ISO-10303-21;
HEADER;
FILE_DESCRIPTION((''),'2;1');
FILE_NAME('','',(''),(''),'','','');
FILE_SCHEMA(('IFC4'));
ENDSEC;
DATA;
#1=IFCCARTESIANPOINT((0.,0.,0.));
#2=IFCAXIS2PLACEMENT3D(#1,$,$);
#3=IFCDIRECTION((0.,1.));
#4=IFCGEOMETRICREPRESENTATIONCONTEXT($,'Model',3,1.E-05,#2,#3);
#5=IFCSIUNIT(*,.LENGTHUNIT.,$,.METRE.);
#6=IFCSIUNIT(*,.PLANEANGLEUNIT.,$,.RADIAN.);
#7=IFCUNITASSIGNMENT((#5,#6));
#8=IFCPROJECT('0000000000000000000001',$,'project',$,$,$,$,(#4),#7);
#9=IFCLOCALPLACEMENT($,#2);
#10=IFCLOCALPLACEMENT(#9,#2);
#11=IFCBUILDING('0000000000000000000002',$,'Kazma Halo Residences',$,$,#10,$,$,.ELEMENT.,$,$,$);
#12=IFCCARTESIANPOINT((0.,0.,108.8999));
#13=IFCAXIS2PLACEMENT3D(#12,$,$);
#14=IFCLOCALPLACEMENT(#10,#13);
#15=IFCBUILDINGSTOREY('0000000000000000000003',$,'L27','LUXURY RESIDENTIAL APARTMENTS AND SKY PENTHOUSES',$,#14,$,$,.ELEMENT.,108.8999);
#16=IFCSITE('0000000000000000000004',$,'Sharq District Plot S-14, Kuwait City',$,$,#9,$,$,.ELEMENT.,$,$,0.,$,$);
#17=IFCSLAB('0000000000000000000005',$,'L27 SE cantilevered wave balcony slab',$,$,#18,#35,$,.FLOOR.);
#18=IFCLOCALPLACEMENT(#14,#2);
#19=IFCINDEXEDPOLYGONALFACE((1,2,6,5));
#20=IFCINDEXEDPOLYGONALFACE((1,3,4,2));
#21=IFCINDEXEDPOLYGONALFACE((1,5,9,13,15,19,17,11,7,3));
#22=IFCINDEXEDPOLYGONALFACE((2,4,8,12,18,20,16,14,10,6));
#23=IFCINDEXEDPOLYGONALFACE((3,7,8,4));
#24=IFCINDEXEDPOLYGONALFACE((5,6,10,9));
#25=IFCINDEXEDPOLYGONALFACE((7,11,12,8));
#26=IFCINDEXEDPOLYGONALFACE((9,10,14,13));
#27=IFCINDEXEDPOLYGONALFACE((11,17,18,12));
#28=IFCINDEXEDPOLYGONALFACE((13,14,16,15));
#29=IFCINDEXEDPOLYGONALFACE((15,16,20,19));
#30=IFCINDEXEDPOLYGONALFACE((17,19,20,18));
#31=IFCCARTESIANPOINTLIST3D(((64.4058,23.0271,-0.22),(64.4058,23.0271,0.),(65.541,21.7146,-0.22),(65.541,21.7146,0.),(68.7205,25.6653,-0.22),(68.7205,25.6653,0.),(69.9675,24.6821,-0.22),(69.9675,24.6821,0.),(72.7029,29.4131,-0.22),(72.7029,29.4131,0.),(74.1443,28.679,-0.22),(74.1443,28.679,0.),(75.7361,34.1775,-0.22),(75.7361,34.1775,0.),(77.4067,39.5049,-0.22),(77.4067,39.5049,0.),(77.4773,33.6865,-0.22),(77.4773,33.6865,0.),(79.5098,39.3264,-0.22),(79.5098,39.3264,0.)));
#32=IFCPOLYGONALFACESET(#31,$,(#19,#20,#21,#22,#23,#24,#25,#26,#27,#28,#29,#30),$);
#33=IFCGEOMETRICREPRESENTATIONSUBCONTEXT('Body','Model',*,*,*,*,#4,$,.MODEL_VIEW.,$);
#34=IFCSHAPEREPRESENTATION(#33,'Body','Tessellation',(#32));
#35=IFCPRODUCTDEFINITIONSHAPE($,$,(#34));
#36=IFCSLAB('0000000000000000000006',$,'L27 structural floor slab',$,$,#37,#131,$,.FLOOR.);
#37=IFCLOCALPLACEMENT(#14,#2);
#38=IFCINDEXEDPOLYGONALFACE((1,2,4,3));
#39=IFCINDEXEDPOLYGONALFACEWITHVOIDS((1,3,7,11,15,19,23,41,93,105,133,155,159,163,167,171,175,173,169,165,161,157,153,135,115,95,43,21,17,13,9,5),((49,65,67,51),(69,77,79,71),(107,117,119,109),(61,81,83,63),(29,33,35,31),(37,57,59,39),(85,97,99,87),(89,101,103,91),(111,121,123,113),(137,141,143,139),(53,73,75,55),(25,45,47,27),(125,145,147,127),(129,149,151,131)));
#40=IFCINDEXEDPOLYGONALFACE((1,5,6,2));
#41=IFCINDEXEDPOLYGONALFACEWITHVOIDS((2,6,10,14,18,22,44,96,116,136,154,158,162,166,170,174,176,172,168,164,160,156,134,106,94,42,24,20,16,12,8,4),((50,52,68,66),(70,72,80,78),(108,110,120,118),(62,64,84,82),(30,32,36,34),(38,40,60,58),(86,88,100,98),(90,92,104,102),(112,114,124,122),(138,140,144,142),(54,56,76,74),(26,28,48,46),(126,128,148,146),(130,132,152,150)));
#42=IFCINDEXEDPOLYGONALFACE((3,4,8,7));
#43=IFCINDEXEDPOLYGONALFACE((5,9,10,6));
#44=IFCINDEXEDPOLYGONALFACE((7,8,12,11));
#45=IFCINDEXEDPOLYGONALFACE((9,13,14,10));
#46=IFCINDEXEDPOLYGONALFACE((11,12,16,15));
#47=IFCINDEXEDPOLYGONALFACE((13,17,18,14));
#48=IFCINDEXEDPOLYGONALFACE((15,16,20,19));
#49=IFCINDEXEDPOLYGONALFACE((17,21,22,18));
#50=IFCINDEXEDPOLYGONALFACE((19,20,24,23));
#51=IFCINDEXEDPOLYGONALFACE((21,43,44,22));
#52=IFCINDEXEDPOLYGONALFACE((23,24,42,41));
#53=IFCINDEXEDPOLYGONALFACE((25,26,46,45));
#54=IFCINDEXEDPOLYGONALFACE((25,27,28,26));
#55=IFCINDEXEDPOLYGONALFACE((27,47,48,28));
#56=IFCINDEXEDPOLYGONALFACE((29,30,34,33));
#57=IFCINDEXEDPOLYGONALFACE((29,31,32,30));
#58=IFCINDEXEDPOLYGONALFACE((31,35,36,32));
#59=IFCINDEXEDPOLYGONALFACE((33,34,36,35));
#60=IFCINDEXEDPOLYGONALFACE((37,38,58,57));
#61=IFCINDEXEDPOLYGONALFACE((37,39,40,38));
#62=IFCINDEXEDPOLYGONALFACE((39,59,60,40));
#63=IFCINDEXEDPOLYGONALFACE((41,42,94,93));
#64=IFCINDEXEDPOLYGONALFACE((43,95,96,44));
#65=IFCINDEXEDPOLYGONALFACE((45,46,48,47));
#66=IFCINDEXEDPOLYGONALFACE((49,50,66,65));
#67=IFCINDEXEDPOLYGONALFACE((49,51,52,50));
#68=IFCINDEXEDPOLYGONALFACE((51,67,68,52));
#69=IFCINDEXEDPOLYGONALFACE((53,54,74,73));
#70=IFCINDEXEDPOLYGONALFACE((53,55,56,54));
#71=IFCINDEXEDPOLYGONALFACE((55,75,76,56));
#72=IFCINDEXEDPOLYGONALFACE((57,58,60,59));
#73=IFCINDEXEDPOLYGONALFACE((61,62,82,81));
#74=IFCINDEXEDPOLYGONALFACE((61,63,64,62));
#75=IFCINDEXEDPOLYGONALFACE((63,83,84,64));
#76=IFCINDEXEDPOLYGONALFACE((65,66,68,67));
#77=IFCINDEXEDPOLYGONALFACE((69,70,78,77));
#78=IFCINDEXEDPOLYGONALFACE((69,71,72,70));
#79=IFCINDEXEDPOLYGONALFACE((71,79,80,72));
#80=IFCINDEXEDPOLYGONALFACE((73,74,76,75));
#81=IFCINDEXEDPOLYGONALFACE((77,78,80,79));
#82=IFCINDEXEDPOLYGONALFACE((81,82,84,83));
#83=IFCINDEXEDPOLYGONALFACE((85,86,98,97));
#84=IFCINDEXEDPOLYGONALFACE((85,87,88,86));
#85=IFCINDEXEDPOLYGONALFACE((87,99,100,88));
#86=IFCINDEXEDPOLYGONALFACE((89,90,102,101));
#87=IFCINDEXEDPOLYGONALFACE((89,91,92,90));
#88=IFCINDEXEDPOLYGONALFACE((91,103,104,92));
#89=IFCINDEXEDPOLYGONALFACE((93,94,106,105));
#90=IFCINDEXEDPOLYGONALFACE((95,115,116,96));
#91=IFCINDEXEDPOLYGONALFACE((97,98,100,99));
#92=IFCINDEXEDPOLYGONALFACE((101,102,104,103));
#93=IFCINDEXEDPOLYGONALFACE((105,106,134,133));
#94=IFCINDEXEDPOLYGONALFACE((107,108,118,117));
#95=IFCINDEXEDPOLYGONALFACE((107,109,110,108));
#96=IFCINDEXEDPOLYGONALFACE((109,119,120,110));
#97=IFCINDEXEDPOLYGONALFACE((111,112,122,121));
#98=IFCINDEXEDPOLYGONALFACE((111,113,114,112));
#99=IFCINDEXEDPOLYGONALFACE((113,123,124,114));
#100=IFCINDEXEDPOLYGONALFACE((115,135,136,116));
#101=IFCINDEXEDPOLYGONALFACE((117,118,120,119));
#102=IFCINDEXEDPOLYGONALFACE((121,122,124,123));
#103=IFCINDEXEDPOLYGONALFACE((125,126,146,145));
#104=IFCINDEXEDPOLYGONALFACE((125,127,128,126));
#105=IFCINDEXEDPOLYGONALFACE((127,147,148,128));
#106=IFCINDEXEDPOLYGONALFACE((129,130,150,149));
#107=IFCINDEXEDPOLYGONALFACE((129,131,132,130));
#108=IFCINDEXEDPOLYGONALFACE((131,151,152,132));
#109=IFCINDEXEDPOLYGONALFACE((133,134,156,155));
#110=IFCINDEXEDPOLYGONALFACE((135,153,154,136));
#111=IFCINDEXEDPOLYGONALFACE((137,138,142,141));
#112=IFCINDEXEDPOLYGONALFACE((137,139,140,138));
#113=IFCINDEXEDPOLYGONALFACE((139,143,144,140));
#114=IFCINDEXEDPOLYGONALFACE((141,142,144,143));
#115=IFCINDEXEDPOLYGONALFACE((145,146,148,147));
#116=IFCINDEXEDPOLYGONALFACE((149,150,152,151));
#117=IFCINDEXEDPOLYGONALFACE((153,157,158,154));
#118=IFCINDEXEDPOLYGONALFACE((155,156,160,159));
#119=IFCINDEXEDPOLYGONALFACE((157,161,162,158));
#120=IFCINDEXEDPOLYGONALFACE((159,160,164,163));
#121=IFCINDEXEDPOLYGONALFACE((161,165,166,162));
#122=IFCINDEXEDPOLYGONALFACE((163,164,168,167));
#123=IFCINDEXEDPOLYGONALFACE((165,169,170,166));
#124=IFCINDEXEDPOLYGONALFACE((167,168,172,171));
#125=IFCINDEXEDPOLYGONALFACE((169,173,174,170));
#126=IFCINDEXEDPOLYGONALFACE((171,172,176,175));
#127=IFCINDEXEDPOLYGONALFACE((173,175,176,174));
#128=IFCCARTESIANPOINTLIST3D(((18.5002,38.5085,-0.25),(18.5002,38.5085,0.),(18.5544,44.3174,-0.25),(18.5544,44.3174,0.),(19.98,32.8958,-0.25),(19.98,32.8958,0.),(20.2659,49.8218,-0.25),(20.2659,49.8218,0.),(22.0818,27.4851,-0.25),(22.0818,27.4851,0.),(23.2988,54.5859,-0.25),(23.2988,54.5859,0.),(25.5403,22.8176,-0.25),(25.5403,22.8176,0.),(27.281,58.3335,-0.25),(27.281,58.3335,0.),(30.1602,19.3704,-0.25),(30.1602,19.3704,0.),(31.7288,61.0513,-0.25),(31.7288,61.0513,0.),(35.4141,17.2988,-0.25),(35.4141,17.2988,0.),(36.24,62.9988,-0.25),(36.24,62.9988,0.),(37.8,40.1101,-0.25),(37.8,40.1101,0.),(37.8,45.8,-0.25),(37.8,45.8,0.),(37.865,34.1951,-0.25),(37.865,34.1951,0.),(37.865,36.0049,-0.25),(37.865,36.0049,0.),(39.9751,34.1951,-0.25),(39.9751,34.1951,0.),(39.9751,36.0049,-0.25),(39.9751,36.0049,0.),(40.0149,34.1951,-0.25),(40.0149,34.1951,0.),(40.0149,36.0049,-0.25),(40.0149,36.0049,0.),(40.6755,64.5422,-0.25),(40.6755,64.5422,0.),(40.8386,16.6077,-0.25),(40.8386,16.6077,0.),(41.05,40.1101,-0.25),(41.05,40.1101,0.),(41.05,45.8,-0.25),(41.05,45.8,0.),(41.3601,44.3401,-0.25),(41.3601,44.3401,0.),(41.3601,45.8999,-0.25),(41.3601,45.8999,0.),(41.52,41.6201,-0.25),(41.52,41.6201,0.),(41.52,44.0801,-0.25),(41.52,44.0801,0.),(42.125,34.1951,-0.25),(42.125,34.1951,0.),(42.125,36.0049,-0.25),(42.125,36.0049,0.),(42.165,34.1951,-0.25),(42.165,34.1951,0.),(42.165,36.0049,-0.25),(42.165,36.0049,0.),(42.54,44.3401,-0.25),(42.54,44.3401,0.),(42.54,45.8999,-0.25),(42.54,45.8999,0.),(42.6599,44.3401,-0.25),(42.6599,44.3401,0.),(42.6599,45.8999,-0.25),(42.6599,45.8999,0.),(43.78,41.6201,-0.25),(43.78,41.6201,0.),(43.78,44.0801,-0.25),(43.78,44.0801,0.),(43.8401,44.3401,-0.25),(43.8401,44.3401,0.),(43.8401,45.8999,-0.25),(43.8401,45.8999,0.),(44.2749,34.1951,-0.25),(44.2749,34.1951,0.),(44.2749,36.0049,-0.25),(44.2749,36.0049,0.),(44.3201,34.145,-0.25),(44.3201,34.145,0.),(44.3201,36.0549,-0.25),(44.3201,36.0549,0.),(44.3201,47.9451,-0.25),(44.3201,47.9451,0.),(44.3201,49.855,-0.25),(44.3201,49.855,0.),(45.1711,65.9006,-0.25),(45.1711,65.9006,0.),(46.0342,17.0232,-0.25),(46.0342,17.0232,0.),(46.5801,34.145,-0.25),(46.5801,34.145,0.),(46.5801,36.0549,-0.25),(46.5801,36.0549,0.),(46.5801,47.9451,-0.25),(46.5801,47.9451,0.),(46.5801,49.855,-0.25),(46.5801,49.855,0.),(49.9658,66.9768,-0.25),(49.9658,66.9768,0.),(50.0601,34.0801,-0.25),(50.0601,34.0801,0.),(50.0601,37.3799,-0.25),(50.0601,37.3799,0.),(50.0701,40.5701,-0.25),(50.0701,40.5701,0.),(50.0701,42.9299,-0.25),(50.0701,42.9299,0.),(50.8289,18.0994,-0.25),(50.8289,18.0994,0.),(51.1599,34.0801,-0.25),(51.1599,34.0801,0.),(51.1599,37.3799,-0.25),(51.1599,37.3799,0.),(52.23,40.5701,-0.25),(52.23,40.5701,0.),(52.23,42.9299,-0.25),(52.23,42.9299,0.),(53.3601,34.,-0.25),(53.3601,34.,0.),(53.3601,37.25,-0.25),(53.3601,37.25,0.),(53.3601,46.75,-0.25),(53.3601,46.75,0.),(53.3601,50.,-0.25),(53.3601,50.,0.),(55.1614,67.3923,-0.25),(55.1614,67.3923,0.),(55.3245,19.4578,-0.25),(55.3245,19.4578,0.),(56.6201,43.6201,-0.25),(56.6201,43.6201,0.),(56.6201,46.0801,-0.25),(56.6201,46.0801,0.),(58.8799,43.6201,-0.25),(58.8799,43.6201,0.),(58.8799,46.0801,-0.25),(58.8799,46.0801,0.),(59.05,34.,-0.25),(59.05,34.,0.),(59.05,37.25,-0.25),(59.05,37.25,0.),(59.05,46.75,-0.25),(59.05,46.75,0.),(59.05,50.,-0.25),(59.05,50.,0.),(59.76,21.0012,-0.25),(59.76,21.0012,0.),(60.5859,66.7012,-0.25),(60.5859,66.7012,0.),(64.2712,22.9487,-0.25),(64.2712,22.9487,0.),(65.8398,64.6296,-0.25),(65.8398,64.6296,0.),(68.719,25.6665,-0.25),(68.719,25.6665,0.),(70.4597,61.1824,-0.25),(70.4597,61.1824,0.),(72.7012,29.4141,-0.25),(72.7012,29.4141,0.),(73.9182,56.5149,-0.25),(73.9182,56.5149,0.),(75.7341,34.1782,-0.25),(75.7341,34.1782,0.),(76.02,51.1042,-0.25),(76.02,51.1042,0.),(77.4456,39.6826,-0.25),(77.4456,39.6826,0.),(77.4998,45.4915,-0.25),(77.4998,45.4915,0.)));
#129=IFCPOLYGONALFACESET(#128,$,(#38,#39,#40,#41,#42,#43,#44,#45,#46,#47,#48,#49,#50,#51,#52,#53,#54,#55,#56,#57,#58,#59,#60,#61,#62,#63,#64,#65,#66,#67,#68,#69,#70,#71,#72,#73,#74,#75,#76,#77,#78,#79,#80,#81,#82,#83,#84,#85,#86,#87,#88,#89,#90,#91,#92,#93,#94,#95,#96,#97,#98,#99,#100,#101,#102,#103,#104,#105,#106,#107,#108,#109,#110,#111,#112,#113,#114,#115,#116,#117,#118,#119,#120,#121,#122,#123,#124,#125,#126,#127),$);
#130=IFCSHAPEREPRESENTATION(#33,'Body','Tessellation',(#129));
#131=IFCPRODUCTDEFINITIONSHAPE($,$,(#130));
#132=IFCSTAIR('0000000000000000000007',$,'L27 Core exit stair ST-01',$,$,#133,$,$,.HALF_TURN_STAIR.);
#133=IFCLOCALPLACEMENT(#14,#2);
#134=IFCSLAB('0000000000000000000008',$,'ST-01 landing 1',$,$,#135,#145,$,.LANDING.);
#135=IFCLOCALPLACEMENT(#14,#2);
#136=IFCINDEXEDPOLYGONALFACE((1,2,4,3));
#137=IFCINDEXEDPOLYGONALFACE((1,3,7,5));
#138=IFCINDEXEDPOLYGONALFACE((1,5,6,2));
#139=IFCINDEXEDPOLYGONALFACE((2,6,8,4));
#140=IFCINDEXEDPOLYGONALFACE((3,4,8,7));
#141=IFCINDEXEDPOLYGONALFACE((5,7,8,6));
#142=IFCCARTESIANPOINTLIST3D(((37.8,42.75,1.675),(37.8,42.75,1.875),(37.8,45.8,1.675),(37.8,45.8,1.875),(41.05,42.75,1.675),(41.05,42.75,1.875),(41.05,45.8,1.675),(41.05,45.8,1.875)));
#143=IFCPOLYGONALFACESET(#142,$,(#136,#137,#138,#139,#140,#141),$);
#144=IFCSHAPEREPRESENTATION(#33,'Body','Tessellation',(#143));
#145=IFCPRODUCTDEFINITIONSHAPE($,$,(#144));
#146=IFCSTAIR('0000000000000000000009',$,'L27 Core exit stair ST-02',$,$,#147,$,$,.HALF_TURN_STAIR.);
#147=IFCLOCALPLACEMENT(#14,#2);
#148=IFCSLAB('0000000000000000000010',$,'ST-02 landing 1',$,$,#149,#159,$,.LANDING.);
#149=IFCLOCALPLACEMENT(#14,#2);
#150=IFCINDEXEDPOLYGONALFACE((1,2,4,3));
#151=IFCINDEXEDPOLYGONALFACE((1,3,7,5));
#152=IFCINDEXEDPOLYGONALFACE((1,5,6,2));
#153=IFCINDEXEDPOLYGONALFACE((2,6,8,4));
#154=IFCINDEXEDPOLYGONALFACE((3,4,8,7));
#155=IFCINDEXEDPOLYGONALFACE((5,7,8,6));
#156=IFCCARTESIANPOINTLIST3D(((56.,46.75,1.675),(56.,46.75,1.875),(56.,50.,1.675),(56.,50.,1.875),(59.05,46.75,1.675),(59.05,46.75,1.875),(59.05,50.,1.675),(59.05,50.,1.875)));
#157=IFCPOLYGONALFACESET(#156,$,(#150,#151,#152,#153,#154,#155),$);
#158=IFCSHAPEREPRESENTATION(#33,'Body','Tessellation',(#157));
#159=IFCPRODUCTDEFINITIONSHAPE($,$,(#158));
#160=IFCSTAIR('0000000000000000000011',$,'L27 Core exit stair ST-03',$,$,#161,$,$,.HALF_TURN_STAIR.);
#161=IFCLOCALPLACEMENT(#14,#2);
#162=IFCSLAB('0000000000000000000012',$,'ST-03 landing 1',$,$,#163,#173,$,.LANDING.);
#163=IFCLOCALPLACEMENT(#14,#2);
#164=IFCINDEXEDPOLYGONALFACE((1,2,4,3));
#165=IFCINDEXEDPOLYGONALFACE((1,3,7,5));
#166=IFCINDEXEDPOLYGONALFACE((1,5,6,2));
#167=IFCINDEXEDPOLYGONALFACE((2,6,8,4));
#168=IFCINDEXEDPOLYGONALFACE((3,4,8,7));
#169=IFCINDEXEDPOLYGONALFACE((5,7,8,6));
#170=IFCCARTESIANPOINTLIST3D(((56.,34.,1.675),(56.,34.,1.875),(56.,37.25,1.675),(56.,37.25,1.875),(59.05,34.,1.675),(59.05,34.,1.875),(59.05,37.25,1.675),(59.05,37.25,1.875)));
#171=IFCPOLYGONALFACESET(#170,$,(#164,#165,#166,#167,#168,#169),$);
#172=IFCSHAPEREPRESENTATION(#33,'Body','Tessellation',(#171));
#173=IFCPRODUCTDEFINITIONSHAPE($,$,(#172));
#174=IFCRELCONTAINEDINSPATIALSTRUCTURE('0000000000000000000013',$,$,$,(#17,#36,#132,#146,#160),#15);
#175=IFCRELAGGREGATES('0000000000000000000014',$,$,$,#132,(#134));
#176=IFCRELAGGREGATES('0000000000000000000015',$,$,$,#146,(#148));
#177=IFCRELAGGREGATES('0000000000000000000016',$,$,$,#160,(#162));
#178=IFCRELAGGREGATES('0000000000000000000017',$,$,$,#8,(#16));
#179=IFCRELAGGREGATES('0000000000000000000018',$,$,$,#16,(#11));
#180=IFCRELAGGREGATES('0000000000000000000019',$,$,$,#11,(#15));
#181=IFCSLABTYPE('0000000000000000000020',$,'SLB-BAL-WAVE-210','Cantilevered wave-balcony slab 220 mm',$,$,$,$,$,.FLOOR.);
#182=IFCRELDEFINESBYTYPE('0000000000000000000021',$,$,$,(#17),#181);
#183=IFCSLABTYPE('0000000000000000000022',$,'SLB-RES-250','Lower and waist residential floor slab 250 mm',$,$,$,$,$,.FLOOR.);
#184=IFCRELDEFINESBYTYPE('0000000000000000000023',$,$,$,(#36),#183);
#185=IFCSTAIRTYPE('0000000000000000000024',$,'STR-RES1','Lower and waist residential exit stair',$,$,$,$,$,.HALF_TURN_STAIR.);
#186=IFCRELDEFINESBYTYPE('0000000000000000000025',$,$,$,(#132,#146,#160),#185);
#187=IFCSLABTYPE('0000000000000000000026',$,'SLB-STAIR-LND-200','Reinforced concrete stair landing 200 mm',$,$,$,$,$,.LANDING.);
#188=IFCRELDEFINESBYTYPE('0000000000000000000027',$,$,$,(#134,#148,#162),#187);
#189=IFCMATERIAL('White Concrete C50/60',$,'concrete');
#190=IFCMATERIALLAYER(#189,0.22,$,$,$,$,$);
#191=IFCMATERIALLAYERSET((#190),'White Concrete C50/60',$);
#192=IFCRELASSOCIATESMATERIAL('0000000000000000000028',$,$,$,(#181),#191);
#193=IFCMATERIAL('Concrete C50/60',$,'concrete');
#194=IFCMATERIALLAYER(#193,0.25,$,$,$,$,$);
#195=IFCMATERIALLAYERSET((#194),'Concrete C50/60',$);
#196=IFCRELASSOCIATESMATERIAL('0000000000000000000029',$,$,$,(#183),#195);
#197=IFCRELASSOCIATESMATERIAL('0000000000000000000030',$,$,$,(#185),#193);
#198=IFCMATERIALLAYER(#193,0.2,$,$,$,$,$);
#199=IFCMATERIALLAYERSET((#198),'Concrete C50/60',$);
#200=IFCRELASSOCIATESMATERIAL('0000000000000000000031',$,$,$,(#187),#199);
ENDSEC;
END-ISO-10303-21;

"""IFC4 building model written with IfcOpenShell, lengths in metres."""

from ifc_helpers import new_model, si_unit, direction, frame, origin, place, context, subcontext, project, spatial, polyline, outline, extrude, material, layer, layer_set, type_object, element, aggregate, save


model = new_model("IFC4")

# Units and contexts
model_context = context("Model", 3, precision=1e-05, world=origin(), true_north=direction((0.0, 1.0)))
body_context = subcontext(model_context, "Body", "Model", "MODEL_VIEW")
ifc_project = project(units=[si_unit("LENGTHUNIT", "METRE"), si_unit("PLANEANGLEUNIT", "RADIAN")], contexts=[model_context])

# Site, building, storey
site_placement = place(None, origin())
site = spatial("IfcSite", under=ifc_project, at=site_placement, Name="Sharq District Plot S-14, Kuwait City", CompositionType="ELEMENT", RefElevation=0.0)
building_placement = place(site_placement, origin())
building = spatial("IfcBuilding", under=site, at=building_placement, Name="Kazma Halo Residences", CompositionType="ELEMENT")
storey_placement = place(building_placement, frame((0.0, 0.0, 108.8999)))
storey = spatial("IfcBuildingStorey", under=building, at=storey_placement, Name="L27", Description="LUXURY RESIDENTIAL APARTMENTS AND SKY PENTHOUSES", CompositionType="ELEMENT", Elevation=108.8999)

# Slabs
ifc_material_1 = material(Name="White Concrete C50/60", Category="concrete")
ifc_layer_1 = layer(ifc_material_1, 0.22)
ifc_layer_set_1 = layer_set([ifc_layer_1], Name="White Concrete C50/60")
slab_type_1 = type_object("IfcSlabType", Name="SLB-BAL-WAVE-210", Description="Cantilevered wave-balcony slab 220 mm", PredefinedType="FLOOR", material=ifc_layer_set_1)
slab_1_placement = place(storey_placement, frame((0.0, 0.0, -0.22)))
element("IfcSlab", 1, at=slab_1_placement, inside=storey, type_object=slab_type_1, Name="L27 SE cantilevered wave balcony slab", PredefinedType="FLOOR", context=body_context, shape_type="SweptSolid", body=[
    extrude(outline(polyline([(64.4058, 23.0271), (68.7205, 25.6653), (72.7029, 29.4131), (75.7361, 34.1775), (77.4067, 39.5049), (79.5098, 39.3264), (77.4773, 33.6865), (74.1443, 28.679), (69.9675, 24.6821), (65.541, 21.7146), (64.4058, 23.0271)])), origin(), (0.0, 0.0, 1.0), 0.22),
])
ifc_material_2 = material(Name="Concrete C50/60", Category="concrete")
ifc_layer_2 = layer(ifc_material_2, 0.25)
ifc_layer_set_2 = layer_set([ifc_layer_2], Name="Concrete C50/60")
slab_type_2 = type_object("IfcSlabType", Name="SLB-RES-250", Description="Lower and waist residential floor slab 250 mm", PredefinedType="FLOOR", material=ifc_layer_set_2)
slab_2_placement = place(storey_placement, frame((0.0, 0.0, -0.25)))
element("IfcSlab", 2, at=slab_2_placement, inside=storey, type_object=slab_type_2, Name="L27 structural floor slab", PredefinedType="FLOOR", context=body_context, shape_type="SweptSolid", body=[
    extrude(outline(polyline([(76.02, 51.1042), (73.9182, 56.5149), (70.4597, 61.1824), (65.8398, 64.6296), (60.5859, 66.7012), (55.1614, 67.3923), (49.9658, 66.9768), (45.1711, 65.9006), (40.6755, 64.5422), (36.24, 62.9988), (31.7288, 61.0513), (27.281, 58.3335), (23.2988, 54.5859), (20.2659, 49.8218), (18.5544, 44.3174), (18.5002, 38.5085), (19.98, 32.8958), (22.0818, 27.4851), (25.5403, 22.8176), (30.1602, 19.3704), (35.4141, 17.2988), (40.8386, 16.6077), (46.0342, 17.0232), (50.8289, 18.0994), (55.3245, 19.4578), (59.76, 21.0012), (64.2712, 22.9487), (68.719, 25.6665), (72.7012, 29.4141), (75.7341, 34.1782), (77.4456, 39.6826), (77.4998, 45.4915), (76.02, 51.1042)]), holes=[polyline([(37.8, 40.1101), (41.05, 40.1101), (41.05, 45.8), (37.8, 45.8), (37.8, 40.1101)]), polyline([(53.3601, 46.75), (59.05, 46.75), (59.05, 50.0), (53.3601, 50.0), (53.3601, 46.75)]), polyline([(53.3601, 34.0), (59.05, 34.0), (59.05, 37.25), (53.3601, 37.25), (53.3601, 34.0)]), polyline([(41.52, 41.6201), (43.78, 41.6201), (43.78, 44.0801), (41.52, 44.0801), (41.52, 41.6201)]), polyline([(56.6201, 43.6201), (58.8799, 43.6201), (58.8799, 46.0801), (56.6201, 46.0801), (56.6201, 43.6201)]), polyline([(37.865, 34.1951), (39.9751, 34.1951), (39.9751, 36.0049), (37.865, 36.0049), (37.865, 34.1951)]), polyline([(40.0149, 34.1951), (42.125, 34.1951), (42.125, 36.0049), (40.0149, 36.0049), (40.0149, 34.1951)]), polyline([(42.165, 34.1951), (44.2749, 34.1951), (44.2749, 36.0049), (42.165, 36.0049), (42.165, 34.1951)]), polyline([(44.3201, 47.9451), (46.5801, 47.9451), (46.5801, 49.855), (44.3201, 49.855), (44.3201, 47.9451)]), polyline([(44.3201, 34.145), (46.5801, 34.145), (46.5801, 36.0549), (44.3201, 36.0549), (44.3201, 34.145)]), polyline([(50.0701, 40.5701), (52.23, 40.5701), (52.23, 42.9299), (50.0701, 42.9299), (50.0701, 40.5701)]), polyline([(41.3601, 44.3401), (42.54, 44.3401), (42.54, 45.8999), (41.3601, 45.8999), (41.3601, 44.3401)]), polyline([(42.6599, 44.3401), (43.8401, 44.3401), (43.8401, 45.8999), (42.6599, 45.8999), (42.6599, 44.3401)]), polyline([(50.0601, 34.0801), (51.1599, 34.0801), (51.1599, 37.3799), (50.0601, 37.3799), (50.0601, 34.0801)])]), origin(), (0.0, 0.0, 1.0), 0.25),
])

# Stairs, slabs
stair_type = type_object("IfcStairType", Name="STR-RES1", Description="Lower and waist residential exit stair", PredefinedType="HALF_TURN_STAIR", material=ifc_material_2)
stair_1_placement = place(storey_placement, origin())
stair_1 = element("IfcStair", 3, at=stair_1_placement, inside=storey, type_object=stair_type, Name="L27 Core exit stair ST-01", PredefinedType="HALF_TURN_STAIR")
ifc_layer_3 = layer(ifc_material_2, 0.2)
ifc_layer_set_3 = layer_set([ifc_layer_3], Name="Concrete C50/60")
slab_type_3 = type_object("IfcSlabType", Name="SLB-STAIR-LND-200", Description="Reinforced concrete stair landing 200 mm", PredefinedType="LANDING", material=ifc_layer_set_3)
slab_3_placement = place(storey_placement, frame((0.0, 0.0, 1.675)))
slab_3 = element("IfcSlab", 4, at=slab_3_placement, type_object=slab_type_3, Name="ST-01 landing 1", PredefinedType="LANDING", context=body_context, shape_type="SweptSolid", body=[
    extrude(outline(polyline([(41.05, 42.75), (41.05, 45.8), (37.8, 45.8), (37.8, 42.75), (41.05, 42.75)])), origin(), (0.0, 0.0, 1.0), 0.2),
])
aggregate(stair_1, [slab_3])
stair_2_placement = place(storey_placement, origin())
stair_2 = element("IfcStair", 5, at=stair_2_placement, inside=storey, type_object=stair_type, Name="L27 Core exit stair ST-02", PredefinedType="HALF_TURN_STAIR")
slab_4_placement = place(storey_placement, frame((0.0, 0.0, 1.675)))
slab_4 = element("IfcSlab", 6, at=slab_4_placement, type_object=slab_type_3, Name="ST-02 landing 1", PredefinedType="LANDING", context=body_context, shape_type="SweptSolid", body=[
    extrude(outline(polyline([(56.0, 46.75), (59.05, 46.75), (59.05, 50.0), (56.0, 50.0), (56.0, 46.75)])), origin(), (0.0, 0.0, 1.0), 0.2),
])
aggregate(stair_2, [slab_4])
stair_3_placement = place(storey_placement, origin())
stair_3 = element("IfcStair", 7, at=stair_3_placement, inside=storey, type_object=stair_type, Name="L27 Core exit stair ST-03", PredefinedType="HALF_TURN_STAIR")
slab_5_placement = place(storey_placement, frame((0.0, 0.0, 1.675)))
slab_5 = element("IfcSlab", 8, at=slab_5_placement, type_object=slab_type_3, Name="ST-03 landing 1", PredefinedType="LANDING", context=body_context, shape_type="SweptSolid", body=[
    extrude(outline(polyline([(56.0, 34.0), (59.05, 34.0), (59.05, 37.25), (56.0, 37.25), (56.0, 34.0)])), origin(), (0.0, 0.0, 1.0), 0.2),
])
aggregate(stair_3, [slab_5])

save(model, "model.ifc")
